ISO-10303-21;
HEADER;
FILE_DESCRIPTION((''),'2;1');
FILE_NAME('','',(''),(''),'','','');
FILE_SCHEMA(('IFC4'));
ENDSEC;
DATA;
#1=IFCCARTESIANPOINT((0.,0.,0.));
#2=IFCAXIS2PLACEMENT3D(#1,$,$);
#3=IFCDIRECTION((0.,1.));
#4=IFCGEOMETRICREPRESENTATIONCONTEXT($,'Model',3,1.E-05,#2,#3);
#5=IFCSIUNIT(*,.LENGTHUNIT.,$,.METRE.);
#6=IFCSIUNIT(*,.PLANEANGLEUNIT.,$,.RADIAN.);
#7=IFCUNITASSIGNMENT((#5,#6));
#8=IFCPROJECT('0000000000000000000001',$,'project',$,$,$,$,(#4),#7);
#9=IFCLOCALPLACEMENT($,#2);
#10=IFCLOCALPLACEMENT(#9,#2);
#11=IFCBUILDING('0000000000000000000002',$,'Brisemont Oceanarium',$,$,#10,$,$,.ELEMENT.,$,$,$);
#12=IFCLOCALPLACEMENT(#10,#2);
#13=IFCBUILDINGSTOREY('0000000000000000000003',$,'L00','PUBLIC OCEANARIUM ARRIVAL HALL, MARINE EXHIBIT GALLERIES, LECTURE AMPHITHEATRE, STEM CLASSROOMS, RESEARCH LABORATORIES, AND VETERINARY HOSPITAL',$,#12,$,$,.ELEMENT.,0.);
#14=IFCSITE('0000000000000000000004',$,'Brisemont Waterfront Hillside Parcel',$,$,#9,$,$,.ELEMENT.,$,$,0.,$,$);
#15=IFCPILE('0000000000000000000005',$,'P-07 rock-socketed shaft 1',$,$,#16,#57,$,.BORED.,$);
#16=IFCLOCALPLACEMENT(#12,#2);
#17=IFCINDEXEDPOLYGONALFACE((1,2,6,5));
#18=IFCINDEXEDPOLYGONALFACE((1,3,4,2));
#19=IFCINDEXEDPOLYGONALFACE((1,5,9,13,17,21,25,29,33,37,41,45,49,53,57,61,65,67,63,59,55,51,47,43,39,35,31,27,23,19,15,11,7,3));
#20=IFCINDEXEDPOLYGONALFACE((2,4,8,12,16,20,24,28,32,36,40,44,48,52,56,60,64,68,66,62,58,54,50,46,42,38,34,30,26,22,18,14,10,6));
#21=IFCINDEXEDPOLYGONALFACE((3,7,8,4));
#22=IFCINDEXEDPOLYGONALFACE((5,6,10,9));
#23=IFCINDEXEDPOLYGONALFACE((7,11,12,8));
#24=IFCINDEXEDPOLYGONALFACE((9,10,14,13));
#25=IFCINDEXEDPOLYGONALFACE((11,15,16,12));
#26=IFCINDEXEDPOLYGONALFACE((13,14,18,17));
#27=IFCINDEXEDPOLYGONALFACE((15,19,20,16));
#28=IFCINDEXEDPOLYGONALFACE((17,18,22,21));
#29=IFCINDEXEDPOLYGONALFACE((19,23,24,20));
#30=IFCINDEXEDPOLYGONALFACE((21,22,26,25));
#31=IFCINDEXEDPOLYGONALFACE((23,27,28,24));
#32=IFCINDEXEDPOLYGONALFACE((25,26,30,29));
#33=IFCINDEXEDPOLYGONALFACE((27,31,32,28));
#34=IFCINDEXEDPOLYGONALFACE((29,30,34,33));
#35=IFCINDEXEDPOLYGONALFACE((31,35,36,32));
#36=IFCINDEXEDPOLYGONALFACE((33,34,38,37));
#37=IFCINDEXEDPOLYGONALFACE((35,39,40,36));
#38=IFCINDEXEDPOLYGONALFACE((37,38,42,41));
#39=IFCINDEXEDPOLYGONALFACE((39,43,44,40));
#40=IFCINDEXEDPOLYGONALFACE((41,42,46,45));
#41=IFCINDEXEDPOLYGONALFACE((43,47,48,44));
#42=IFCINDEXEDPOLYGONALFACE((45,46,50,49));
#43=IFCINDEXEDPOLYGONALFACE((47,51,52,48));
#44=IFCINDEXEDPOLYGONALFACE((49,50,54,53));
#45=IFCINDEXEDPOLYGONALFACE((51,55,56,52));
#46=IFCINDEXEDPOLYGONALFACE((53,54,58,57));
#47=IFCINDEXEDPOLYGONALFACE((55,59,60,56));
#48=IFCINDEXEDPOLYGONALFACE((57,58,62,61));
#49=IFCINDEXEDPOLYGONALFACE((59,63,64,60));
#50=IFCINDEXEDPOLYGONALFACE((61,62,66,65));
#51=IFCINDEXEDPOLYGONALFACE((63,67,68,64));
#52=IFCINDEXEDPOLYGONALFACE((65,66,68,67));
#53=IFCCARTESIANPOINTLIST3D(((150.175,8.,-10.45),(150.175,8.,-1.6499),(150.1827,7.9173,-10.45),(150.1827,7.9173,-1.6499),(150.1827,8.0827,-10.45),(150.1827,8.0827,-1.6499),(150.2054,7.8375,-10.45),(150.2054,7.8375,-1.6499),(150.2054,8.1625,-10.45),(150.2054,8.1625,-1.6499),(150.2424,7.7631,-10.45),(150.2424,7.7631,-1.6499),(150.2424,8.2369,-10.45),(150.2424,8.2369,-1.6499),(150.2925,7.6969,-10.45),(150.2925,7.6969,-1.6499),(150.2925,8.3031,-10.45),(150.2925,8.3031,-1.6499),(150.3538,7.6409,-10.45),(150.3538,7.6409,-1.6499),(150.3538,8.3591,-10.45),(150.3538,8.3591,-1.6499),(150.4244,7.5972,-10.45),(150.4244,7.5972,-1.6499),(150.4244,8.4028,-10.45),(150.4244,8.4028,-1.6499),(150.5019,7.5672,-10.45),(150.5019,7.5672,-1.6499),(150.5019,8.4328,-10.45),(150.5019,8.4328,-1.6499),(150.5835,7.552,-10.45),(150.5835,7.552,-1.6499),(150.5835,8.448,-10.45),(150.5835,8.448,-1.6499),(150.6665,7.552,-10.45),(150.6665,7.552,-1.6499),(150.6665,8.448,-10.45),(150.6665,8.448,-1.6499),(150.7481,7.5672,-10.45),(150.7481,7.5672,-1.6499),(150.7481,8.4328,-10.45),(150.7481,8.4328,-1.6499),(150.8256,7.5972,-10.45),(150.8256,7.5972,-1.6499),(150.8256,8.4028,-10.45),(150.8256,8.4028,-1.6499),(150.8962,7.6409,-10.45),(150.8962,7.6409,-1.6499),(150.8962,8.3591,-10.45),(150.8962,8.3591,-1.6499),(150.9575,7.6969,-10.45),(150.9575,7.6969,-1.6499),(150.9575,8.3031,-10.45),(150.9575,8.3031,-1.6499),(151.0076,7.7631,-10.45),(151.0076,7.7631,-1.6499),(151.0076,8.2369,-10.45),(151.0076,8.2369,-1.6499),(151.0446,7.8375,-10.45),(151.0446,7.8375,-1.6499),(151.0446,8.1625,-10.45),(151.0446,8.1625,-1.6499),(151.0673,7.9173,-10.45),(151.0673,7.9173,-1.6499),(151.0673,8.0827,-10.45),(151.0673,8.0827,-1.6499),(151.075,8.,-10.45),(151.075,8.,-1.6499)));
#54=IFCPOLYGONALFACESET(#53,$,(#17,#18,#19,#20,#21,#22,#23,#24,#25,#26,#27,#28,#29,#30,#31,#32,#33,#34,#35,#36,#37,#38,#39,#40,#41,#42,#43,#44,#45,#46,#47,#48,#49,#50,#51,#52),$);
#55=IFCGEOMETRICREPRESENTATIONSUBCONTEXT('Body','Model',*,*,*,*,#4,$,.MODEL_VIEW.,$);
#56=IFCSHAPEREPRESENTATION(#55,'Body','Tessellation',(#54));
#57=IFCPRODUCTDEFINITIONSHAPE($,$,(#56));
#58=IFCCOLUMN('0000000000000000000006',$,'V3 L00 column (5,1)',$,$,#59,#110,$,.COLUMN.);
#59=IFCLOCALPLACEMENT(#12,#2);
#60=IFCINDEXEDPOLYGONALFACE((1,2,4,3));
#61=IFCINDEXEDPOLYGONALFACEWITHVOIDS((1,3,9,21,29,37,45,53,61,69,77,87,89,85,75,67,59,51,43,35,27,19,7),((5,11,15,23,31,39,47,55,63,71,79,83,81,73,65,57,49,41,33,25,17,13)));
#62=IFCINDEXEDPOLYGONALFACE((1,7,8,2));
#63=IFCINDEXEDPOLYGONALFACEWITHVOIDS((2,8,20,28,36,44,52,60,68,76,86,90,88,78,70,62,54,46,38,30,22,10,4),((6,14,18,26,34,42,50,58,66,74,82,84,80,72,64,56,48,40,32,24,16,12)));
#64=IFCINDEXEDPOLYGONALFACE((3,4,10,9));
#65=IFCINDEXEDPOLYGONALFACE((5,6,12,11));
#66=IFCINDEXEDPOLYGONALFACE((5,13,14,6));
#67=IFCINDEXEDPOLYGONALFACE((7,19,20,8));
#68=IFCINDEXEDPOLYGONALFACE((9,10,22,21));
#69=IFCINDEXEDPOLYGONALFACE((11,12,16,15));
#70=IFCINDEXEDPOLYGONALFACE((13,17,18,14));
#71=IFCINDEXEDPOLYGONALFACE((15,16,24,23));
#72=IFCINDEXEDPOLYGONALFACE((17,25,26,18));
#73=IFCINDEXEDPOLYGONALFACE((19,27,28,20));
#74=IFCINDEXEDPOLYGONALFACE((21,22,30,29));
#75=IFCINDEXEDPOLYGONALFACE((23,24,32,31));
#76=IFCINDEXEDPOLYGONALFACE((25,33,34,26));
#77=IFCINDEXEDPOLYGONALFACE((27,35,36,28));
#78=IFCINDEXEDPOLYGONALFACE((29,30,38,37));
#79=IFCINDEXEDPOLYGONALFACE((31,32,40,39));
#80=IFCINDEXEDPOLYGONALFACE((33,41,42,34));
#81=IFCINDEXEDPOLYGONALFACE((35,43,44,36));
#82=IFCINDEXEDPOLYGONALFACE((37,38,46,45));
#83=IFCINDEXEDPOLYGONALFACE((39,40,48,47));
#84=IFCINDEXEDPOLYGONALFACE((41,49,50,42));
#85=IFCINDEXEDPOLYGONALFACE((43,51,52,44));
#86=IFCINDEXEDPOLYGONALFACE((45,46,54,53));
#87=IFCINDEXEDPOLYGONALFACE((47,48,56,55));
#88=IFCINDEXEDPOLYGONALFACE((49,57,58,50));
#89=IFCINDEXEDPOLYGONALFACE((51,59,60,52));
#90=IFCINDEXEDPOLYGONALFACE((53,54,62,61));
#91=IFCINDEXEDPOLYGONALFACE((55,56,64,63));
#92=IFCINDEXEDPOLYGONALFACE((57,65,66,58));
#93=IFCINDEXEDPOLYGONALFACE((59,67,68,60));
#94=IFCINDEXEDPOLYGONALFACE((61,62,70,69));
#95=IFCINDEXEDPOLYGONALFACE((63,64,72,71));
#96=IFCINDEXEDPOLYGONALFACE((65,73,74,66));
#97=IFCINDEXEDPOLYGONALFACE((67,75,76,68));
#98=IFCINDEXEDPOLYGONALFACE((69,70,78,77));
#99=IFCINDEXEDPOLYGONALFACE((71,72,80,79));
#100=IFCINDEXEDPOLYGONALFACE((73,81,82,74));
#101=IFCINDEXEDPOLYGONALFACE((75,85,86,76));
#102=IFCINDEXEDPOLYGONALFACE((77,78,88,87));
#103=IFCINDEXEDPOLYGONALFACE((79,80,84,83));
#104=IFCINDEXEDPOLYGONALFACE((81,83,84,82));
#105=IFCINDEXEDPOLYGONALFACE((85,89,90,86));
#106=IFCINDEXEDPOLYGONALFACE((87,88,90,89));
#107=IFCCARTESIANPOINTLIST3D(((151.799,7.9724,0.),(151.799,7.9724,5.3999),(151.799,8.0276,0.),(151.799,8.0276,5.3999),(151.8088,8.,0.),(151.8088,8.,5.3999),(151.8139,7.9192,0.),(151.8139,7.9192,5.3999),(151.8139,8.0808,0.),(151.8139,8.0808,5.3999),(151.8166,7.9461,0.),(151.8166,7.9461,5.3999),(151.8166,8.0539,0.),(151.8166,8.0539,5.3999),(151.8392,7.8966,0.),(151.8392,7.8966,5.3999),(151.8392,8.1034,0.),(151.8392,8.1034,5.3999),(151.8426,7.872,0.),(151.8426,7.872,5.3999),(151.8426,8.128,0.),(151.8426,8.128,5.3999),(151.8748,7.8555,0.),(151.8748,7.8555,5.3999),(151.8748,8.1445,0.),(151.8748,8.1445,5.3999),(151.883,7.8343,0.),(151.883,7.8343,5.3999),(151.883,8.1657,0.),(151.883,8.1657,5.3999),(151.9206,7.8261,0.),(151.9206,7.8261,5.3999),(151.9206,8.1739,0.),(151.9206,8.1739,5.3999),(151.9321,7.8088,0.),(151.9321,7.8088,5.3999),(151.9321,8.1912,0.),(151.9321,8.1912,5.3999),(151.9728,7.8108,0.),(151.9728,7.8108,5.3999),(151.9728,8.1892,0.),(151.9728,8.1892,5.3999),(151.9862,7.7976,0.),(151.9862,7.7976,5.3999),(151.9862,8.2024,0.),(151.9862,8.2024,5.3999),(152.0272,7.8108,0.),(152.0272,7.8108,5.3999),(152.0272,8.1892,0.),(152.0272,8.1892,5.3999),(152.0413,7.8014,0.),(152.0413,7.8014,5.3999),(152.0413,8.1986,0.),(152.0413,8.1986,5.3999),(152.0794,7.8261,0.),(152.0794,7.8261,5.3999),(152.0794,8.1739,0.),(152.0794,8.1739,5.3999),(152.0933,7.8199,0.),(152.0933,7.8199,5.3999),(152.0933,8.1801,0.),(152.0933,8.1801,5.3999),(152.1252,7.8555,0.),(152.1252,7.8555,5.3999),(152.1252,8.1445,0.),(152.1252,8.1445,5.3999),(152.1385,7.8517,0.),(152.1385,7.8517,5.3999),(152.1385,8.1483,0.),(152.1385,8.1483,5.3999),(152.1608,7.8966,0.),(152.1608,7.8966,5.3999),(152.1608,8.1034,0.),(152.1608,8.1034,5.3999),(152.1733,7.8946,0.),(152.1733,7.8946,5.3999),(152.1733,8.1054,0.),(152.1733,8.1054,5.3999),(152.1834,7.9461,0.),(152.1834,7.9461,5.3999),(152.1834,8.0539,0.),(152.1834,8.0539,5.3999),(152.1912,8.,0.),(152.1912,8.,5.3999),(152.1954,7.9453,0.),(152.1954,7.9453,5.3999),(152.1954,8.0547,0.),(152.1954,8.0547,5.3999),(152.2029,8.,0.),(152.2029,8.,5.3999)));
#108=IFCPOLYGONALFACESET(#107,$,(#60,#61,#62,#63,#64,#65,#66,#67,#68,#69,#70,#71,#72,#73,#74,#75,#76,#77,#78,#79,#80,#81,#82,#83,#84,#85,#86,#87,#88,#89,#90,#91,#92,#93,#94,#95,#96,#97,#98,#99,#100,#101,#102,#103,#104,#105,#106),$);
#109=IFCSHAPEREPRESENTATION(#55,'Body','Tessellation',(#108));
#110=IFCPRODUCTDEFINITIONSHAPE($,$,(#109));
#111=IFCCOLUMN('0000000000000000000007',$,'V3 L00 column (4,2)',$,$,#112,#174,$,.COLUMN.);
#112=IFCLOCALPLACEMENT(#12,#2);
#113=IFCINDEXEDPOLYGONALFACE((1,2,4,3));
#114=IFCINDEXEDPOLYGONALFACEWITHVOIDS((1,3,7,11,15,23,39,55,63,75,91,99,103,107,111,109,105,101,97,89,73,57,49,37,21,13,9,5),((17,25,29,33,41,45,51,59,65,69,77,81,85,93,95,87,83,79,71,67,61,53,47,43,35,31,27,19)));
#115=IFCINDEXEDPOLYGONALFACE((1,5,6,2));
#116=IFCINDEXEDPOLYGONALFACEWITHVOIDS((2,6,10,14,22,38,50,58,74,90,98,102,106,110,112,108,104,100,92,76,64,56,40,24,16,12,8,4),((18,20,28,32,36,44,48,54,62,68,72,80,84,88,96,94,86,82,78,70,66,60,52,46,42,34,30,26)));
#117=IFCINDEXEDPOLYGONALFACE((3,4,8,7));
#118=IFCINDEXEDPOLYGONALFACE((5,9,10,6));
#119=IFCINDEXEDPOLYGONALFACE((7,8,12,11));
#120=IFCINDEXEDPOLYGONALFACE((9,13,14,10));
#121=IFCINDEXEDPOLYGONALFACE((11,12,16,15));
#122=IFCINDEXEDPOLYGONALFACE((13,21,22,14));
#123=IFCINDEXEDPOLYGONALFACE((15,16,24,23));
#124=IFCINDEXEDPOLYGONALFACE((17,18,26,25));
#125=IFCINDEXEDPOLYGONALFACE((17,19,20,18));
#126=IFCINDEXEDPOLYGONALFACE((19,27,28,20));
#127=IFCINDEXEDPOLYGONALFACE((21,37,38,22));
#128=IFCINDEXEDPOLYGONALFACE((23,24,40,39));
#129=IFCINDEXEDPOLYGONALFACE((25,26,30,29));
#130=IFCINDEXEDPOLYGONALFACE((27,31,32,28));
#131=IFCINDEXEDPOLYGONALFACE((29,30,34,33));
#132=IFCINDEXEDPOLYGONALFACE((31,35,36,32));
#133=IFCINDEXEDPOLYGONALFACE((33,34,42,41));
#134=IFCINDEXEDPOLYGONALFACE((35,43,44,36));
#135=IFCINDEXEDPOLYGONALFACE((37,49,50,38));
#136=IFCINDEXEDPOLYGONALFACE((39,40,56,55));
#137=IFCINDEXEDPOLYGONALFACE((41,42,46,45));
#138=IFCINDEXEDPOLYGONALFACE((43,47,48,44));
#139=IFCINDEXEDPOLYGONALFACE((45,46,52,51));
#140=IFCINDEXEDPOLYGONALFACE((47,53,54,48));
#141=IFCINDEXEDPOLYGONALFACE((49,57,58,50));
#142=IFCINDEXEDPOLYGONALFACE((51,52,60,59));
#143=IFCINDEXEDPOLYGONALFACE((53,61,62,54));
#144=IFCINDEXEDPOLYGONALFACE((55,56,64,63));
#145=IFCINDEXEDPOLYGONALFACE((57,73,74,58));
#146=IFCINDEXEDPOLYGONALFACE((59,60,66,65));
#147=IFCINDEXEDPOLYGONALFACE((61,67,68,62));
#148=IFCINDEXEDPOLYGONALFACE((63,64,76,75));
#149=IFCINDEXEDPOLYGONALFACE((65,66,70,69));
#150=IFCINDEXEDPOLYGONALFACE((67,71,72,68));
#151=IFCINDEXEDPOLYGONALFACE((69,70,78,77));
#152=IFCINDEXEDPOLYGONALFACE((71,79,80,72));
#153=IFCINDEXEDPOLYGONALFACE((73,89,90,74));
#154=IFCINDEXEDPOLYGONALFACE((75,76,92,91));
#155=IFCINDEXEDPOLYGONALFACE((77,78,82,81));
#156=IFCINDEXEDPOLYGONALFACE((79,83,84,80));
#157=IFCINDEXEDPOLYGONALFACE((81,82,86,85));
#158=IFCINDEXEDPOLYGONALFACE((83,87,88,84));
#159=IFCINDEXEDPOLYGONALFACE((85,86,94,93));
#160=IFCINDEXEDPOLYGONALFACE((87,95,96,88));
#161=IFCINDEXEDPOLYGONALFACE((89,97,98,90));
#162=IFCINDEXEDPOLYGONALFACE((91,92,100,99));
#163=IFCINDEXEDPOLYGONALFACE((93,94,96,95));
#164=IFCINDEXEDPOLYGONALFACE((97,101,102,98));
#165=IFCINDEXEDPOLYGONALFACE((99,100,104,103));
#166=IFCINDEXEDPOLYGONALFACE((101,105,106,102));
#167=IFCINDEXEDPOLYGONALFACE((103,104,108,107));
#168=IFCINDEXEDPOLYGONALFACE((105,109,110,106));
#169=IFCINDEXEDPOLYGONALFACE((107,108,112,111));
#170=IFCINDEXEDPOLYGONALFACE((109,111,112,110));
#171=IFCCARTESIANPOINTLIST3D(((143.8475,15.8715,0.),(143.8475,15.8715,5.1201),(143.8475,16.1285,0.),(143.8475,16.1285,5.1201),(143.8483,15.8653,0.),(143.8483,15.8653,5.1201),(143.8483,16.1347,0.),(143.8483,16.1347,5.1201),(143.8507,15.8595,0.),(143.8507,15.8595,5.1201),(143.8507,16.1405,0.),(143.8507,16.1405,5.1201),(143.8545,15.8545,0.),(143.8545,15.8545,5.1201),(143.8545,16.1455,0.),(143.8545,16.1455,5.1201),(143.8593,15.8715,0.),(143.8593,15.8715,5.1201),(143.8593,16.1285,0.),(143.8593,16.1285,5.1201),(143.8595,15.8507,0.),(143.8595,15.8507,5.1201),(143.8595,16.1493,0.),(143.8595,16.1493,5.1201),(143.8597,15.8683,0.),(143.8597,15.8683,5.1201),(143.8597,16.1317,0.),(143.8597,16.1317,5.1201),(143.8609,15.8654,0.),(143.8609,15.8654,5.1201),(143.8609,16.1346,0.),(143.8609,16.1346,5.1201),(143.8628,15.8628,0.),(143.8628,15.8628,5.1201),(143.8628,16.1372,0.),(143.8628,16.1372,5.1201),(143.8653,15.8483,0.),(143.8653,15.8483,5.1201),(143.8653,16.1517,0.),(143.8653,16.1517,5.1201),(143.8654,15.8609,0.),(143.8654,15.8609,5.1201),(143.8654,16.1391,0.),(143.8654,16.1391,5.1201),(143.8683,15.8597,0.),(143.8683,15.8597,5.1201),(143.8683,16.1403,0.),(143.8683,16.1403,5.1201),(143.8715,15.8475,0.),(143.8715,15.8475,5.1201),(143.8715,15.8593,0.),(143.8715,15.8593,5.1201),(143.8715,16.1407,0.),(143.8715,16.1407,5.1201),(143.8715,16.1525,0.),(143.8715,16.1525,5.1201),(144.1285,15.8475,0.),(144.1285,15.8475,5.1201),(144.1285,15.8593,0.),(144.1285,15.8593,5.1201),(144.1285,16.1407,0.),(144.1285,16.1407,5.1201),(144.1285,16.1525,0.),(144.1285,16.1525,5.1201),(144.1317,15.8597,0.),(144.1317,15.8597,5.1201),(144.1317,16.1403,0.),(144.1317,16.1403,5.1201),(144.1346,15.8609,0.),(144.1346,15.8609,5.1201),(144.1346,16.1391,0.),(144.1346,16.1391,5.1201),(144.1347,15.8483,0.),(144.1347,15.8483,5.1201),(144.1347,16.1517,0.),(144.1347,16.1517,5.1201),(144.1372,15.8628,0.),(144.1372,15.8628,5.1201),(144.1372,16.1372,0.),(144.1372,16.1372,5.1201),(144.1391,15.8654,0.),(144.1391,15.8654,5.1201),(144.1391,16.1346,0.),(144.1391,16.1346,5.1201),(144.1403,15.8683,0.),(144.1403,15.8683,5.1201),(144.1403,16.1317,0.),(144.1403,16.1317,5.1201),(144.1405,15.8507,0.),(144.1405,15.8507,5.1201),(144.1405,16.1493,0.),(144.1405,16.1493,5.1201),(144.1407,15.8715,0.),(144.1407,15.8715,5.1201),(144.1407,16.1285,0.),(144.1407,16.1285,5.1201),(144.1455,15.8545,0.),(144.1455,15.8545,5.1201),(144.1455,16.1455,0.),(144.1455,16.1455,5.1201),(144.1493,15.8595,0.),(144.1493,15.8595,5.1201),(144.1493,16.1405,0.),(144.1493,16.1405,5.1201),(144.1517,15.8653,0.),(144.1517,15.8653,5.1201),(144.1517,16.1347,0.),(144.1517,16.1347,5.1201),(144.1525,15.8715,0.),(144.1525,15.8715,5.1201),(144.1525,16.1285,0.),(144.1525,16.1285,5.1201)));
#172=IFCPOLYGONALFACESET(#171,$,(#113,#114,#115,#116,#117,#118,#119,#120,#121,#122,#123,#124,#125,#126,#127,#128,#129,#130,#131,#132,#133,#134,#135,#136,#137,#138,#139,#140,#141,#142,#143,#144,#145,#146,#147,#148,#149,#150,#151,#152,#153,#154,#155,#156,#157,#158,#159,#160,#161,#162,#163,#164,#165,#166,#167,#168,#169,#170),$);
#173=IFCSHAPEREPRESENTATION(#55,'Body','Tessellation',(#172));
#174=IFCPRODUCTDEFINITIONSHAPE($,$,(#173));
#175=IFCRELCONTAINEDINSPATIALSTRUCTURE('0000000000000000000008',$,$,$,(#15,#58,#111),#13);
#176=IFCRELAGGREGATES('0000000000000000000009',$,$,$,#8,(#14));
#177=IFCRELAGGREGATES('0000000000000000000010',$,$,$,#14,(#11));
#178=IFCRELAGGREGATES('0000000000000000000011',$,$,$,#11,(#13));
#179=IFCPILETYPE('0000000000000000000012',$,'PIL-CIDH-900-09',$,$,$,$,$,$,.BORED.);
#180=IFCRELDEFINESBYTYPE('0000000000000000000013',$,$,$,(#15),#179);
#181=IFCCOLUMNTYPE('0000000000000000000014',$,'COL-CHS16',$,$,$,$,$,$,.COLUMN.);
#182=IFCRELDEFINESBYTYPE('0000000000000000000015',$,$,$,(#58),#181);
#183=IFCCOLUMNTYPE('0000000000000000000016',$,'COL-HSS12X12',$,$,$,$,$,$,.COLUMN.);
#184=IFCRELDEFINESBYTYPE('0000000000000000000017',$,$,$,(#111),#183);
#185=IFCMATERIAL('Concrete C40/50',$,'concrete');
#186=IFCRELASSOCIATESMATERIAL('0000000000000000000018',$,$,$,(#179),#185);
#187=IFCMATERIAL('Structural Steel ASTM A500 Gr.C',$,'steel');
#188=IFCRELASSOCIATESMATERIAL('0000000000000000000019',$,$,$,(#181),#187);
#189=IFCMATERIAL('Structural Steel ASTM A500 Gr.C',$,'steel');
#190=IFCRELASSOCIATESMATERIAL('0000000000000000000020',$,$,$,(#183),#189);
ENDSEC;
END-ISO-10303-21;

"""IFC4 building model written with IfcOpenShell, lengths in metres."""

from ifc_helpers import new_model, si_unit, direction, frame, origin, origin_2d, place, context, subcontext, project, spatial, hollow_rectangle, circle, hollow_circle, extrude, material, material_profile, profile_set, type_object, element, save


model = new_model("IFC4")

# Units and contexts
model_context = context("Model", 3, precision=1e-05, world=origin(), true_north=direction((0.0, 1.0)))
body_context = subcontext(model_context, "Body", "Model", "MODEL_VIEW")
ifc_project = project(units=[si_unit("LENGTHUNIT", "METRE"), si_unit("PLANEANGLEUNIT", "RADIAN")], contexts=[model_context])

# Site, building, storey
site_placement = place(None, origin())
site = spatial("IfcSite", under=ifc_project, at=site_placement, Name="Brisemont Waterfront Hillside Parcel", CompositionType="ELEMENT", RefElevation=0.0)
building_placement = place(site_placement, origin())
building = spatial("IfcBuilding", under=site, at=building_placement, Name="Brisemont Oceanarium", CompositionType="ELEMENT")
storey_placement = place(building_placement, origin())
storey = spatial("IfcBuildingStorey", under=building, at=storey_placement, Name="L00", Description="PUBLIC OCEANARIUM ARRIVAL HALL, MARINE EXHIBIT GALLERIES, LECTURE AMPHITHEATRE, STEM CLASSROOMS, RESEARCH LABORATORIES, AND VETERINARY HOSPITAL", CompositionType="ELEMENT", Elevation=0.0)

# Pile
ifc_material_1 = material(Name="Concrete C40/50", Category="concrete")
ifc_material_profile_1 = material_profile(ifc_material_1, circle(Radius=0.45, at=origin_2d()), Name="CIDH-D900")
ifc_profile_set_1 = profile_set([ifc_material_profile_1], Name="Concrete C40/50")
pile_type_1 = type_object("IfcPileType", Name="PIL-CIDH-900-09", PredefinedType="BORED", material=ifc_profile_set_1)
for number, where, z_axis, x_axis, name in (
    (1, (150.625, 8.0, -1.6499), (0.0, 0.0, -1.0), (1.0, 0.0, 0.0), "P-07 rock-socketed shaft 1"),
):
    element("IfcPile", number, at=place(storey_placement, frame(where, z_axis=z_axis, x_axis=x_axis)), inside=storey, type_object=pile_type_1, Name=name, PredefinedType="BORED", context=body_context, shape_type="SweptSolid", body=[
        extrude(circle(Radius=0.45, at=origin_2d()), origin(), (0.0, 0.0, 1.0), 8.8),
    ])

# Columns
ifc_material_2 = material(Name="Structural Steel ASTM A500 Gr.C", Category="steel")
ifc_material_profile_2 = material_profile(ifc_material_2, hollow_circle(Radius=0.2029, WallThickness=0.0117, at=origin_2d()), Name="HSS16.000X0.500")
ifc_profile_set_2 = profile_set([ifc_material_profile_2], Name="Structural Steel ASTM A500 Gr.C")
column_type_1 = type_object("IfcColumnType", Name="COL-CHS16", PredefinedType="COLUMN", material=ifc_profile_set_2)
column_1_placement = place(storey_placement, frame((152.0, 8.0, 0.0), z_axis=(0.0, 0.0, 1.0), x_axis=(1.0, 0.0, 0.0)))
element("IfcColumn", 2, at=column_1_placement, inside=storey, type_object=column_type_1, Name="V3 L00 column (5,1)", PredefinedType="COLUMN", context=body_context, shape_type="SweptSolid", body=[
    extrude(hollow_circle(Radius=0.2029, WallThickness=0.0117, at=origin_2d()), origin(), (0.0, 0.0, 1.0), 5.3999),
])
ifc_material_3 = material(Name="Structural Steel ASTM A500 Gr.C", Category="steel")
ifc_material_profile_3 = material_profile(ifc_material_3, hollow_rectangle(XDim=0.3049, YDim=0.3049, WallThickness=0.0117, InnerFilletRadius=0.0122, OuterFilletRadius=0.0239, at=origin_2d()), Name="HSS12X12X1/2")
ifc_profile_set_3 = profile_set([ifc_material_profile_3], Name="Structural Steel ASTM A500 Gr.C")
column_type_2 = type_object("IfcColumnType", Name="COL-HSS12X12", PredefinedType="COLUMN", material=ifc_profile_set_3)
column_2_placement = place(storey_placement, frame((144.0, 16.0, 0.0), z_axis=(0.0, 0.0, 1.0), x_axis=(1.0, 0.0, 0.0)))
element("IfcColumn", 3, at=column_2_placement, inside=storey, type_object=column_type_2, Name="V3 L00 column (4,2)", PredefinedType="COLUMN", context=body_context, shape_type="SweptSolid", body=[
    extrude(hollow_rectangle(XDim=0.3049, YDim=0.3049, WallThickness=0.0117, InnerFilletRadius=0.0122, OuterFilletRadius=0.0239, at=origin_2d()), origin(), (0.0, 0.0, 1.0), 5.1201),
])

save(model, "model.ifc")
